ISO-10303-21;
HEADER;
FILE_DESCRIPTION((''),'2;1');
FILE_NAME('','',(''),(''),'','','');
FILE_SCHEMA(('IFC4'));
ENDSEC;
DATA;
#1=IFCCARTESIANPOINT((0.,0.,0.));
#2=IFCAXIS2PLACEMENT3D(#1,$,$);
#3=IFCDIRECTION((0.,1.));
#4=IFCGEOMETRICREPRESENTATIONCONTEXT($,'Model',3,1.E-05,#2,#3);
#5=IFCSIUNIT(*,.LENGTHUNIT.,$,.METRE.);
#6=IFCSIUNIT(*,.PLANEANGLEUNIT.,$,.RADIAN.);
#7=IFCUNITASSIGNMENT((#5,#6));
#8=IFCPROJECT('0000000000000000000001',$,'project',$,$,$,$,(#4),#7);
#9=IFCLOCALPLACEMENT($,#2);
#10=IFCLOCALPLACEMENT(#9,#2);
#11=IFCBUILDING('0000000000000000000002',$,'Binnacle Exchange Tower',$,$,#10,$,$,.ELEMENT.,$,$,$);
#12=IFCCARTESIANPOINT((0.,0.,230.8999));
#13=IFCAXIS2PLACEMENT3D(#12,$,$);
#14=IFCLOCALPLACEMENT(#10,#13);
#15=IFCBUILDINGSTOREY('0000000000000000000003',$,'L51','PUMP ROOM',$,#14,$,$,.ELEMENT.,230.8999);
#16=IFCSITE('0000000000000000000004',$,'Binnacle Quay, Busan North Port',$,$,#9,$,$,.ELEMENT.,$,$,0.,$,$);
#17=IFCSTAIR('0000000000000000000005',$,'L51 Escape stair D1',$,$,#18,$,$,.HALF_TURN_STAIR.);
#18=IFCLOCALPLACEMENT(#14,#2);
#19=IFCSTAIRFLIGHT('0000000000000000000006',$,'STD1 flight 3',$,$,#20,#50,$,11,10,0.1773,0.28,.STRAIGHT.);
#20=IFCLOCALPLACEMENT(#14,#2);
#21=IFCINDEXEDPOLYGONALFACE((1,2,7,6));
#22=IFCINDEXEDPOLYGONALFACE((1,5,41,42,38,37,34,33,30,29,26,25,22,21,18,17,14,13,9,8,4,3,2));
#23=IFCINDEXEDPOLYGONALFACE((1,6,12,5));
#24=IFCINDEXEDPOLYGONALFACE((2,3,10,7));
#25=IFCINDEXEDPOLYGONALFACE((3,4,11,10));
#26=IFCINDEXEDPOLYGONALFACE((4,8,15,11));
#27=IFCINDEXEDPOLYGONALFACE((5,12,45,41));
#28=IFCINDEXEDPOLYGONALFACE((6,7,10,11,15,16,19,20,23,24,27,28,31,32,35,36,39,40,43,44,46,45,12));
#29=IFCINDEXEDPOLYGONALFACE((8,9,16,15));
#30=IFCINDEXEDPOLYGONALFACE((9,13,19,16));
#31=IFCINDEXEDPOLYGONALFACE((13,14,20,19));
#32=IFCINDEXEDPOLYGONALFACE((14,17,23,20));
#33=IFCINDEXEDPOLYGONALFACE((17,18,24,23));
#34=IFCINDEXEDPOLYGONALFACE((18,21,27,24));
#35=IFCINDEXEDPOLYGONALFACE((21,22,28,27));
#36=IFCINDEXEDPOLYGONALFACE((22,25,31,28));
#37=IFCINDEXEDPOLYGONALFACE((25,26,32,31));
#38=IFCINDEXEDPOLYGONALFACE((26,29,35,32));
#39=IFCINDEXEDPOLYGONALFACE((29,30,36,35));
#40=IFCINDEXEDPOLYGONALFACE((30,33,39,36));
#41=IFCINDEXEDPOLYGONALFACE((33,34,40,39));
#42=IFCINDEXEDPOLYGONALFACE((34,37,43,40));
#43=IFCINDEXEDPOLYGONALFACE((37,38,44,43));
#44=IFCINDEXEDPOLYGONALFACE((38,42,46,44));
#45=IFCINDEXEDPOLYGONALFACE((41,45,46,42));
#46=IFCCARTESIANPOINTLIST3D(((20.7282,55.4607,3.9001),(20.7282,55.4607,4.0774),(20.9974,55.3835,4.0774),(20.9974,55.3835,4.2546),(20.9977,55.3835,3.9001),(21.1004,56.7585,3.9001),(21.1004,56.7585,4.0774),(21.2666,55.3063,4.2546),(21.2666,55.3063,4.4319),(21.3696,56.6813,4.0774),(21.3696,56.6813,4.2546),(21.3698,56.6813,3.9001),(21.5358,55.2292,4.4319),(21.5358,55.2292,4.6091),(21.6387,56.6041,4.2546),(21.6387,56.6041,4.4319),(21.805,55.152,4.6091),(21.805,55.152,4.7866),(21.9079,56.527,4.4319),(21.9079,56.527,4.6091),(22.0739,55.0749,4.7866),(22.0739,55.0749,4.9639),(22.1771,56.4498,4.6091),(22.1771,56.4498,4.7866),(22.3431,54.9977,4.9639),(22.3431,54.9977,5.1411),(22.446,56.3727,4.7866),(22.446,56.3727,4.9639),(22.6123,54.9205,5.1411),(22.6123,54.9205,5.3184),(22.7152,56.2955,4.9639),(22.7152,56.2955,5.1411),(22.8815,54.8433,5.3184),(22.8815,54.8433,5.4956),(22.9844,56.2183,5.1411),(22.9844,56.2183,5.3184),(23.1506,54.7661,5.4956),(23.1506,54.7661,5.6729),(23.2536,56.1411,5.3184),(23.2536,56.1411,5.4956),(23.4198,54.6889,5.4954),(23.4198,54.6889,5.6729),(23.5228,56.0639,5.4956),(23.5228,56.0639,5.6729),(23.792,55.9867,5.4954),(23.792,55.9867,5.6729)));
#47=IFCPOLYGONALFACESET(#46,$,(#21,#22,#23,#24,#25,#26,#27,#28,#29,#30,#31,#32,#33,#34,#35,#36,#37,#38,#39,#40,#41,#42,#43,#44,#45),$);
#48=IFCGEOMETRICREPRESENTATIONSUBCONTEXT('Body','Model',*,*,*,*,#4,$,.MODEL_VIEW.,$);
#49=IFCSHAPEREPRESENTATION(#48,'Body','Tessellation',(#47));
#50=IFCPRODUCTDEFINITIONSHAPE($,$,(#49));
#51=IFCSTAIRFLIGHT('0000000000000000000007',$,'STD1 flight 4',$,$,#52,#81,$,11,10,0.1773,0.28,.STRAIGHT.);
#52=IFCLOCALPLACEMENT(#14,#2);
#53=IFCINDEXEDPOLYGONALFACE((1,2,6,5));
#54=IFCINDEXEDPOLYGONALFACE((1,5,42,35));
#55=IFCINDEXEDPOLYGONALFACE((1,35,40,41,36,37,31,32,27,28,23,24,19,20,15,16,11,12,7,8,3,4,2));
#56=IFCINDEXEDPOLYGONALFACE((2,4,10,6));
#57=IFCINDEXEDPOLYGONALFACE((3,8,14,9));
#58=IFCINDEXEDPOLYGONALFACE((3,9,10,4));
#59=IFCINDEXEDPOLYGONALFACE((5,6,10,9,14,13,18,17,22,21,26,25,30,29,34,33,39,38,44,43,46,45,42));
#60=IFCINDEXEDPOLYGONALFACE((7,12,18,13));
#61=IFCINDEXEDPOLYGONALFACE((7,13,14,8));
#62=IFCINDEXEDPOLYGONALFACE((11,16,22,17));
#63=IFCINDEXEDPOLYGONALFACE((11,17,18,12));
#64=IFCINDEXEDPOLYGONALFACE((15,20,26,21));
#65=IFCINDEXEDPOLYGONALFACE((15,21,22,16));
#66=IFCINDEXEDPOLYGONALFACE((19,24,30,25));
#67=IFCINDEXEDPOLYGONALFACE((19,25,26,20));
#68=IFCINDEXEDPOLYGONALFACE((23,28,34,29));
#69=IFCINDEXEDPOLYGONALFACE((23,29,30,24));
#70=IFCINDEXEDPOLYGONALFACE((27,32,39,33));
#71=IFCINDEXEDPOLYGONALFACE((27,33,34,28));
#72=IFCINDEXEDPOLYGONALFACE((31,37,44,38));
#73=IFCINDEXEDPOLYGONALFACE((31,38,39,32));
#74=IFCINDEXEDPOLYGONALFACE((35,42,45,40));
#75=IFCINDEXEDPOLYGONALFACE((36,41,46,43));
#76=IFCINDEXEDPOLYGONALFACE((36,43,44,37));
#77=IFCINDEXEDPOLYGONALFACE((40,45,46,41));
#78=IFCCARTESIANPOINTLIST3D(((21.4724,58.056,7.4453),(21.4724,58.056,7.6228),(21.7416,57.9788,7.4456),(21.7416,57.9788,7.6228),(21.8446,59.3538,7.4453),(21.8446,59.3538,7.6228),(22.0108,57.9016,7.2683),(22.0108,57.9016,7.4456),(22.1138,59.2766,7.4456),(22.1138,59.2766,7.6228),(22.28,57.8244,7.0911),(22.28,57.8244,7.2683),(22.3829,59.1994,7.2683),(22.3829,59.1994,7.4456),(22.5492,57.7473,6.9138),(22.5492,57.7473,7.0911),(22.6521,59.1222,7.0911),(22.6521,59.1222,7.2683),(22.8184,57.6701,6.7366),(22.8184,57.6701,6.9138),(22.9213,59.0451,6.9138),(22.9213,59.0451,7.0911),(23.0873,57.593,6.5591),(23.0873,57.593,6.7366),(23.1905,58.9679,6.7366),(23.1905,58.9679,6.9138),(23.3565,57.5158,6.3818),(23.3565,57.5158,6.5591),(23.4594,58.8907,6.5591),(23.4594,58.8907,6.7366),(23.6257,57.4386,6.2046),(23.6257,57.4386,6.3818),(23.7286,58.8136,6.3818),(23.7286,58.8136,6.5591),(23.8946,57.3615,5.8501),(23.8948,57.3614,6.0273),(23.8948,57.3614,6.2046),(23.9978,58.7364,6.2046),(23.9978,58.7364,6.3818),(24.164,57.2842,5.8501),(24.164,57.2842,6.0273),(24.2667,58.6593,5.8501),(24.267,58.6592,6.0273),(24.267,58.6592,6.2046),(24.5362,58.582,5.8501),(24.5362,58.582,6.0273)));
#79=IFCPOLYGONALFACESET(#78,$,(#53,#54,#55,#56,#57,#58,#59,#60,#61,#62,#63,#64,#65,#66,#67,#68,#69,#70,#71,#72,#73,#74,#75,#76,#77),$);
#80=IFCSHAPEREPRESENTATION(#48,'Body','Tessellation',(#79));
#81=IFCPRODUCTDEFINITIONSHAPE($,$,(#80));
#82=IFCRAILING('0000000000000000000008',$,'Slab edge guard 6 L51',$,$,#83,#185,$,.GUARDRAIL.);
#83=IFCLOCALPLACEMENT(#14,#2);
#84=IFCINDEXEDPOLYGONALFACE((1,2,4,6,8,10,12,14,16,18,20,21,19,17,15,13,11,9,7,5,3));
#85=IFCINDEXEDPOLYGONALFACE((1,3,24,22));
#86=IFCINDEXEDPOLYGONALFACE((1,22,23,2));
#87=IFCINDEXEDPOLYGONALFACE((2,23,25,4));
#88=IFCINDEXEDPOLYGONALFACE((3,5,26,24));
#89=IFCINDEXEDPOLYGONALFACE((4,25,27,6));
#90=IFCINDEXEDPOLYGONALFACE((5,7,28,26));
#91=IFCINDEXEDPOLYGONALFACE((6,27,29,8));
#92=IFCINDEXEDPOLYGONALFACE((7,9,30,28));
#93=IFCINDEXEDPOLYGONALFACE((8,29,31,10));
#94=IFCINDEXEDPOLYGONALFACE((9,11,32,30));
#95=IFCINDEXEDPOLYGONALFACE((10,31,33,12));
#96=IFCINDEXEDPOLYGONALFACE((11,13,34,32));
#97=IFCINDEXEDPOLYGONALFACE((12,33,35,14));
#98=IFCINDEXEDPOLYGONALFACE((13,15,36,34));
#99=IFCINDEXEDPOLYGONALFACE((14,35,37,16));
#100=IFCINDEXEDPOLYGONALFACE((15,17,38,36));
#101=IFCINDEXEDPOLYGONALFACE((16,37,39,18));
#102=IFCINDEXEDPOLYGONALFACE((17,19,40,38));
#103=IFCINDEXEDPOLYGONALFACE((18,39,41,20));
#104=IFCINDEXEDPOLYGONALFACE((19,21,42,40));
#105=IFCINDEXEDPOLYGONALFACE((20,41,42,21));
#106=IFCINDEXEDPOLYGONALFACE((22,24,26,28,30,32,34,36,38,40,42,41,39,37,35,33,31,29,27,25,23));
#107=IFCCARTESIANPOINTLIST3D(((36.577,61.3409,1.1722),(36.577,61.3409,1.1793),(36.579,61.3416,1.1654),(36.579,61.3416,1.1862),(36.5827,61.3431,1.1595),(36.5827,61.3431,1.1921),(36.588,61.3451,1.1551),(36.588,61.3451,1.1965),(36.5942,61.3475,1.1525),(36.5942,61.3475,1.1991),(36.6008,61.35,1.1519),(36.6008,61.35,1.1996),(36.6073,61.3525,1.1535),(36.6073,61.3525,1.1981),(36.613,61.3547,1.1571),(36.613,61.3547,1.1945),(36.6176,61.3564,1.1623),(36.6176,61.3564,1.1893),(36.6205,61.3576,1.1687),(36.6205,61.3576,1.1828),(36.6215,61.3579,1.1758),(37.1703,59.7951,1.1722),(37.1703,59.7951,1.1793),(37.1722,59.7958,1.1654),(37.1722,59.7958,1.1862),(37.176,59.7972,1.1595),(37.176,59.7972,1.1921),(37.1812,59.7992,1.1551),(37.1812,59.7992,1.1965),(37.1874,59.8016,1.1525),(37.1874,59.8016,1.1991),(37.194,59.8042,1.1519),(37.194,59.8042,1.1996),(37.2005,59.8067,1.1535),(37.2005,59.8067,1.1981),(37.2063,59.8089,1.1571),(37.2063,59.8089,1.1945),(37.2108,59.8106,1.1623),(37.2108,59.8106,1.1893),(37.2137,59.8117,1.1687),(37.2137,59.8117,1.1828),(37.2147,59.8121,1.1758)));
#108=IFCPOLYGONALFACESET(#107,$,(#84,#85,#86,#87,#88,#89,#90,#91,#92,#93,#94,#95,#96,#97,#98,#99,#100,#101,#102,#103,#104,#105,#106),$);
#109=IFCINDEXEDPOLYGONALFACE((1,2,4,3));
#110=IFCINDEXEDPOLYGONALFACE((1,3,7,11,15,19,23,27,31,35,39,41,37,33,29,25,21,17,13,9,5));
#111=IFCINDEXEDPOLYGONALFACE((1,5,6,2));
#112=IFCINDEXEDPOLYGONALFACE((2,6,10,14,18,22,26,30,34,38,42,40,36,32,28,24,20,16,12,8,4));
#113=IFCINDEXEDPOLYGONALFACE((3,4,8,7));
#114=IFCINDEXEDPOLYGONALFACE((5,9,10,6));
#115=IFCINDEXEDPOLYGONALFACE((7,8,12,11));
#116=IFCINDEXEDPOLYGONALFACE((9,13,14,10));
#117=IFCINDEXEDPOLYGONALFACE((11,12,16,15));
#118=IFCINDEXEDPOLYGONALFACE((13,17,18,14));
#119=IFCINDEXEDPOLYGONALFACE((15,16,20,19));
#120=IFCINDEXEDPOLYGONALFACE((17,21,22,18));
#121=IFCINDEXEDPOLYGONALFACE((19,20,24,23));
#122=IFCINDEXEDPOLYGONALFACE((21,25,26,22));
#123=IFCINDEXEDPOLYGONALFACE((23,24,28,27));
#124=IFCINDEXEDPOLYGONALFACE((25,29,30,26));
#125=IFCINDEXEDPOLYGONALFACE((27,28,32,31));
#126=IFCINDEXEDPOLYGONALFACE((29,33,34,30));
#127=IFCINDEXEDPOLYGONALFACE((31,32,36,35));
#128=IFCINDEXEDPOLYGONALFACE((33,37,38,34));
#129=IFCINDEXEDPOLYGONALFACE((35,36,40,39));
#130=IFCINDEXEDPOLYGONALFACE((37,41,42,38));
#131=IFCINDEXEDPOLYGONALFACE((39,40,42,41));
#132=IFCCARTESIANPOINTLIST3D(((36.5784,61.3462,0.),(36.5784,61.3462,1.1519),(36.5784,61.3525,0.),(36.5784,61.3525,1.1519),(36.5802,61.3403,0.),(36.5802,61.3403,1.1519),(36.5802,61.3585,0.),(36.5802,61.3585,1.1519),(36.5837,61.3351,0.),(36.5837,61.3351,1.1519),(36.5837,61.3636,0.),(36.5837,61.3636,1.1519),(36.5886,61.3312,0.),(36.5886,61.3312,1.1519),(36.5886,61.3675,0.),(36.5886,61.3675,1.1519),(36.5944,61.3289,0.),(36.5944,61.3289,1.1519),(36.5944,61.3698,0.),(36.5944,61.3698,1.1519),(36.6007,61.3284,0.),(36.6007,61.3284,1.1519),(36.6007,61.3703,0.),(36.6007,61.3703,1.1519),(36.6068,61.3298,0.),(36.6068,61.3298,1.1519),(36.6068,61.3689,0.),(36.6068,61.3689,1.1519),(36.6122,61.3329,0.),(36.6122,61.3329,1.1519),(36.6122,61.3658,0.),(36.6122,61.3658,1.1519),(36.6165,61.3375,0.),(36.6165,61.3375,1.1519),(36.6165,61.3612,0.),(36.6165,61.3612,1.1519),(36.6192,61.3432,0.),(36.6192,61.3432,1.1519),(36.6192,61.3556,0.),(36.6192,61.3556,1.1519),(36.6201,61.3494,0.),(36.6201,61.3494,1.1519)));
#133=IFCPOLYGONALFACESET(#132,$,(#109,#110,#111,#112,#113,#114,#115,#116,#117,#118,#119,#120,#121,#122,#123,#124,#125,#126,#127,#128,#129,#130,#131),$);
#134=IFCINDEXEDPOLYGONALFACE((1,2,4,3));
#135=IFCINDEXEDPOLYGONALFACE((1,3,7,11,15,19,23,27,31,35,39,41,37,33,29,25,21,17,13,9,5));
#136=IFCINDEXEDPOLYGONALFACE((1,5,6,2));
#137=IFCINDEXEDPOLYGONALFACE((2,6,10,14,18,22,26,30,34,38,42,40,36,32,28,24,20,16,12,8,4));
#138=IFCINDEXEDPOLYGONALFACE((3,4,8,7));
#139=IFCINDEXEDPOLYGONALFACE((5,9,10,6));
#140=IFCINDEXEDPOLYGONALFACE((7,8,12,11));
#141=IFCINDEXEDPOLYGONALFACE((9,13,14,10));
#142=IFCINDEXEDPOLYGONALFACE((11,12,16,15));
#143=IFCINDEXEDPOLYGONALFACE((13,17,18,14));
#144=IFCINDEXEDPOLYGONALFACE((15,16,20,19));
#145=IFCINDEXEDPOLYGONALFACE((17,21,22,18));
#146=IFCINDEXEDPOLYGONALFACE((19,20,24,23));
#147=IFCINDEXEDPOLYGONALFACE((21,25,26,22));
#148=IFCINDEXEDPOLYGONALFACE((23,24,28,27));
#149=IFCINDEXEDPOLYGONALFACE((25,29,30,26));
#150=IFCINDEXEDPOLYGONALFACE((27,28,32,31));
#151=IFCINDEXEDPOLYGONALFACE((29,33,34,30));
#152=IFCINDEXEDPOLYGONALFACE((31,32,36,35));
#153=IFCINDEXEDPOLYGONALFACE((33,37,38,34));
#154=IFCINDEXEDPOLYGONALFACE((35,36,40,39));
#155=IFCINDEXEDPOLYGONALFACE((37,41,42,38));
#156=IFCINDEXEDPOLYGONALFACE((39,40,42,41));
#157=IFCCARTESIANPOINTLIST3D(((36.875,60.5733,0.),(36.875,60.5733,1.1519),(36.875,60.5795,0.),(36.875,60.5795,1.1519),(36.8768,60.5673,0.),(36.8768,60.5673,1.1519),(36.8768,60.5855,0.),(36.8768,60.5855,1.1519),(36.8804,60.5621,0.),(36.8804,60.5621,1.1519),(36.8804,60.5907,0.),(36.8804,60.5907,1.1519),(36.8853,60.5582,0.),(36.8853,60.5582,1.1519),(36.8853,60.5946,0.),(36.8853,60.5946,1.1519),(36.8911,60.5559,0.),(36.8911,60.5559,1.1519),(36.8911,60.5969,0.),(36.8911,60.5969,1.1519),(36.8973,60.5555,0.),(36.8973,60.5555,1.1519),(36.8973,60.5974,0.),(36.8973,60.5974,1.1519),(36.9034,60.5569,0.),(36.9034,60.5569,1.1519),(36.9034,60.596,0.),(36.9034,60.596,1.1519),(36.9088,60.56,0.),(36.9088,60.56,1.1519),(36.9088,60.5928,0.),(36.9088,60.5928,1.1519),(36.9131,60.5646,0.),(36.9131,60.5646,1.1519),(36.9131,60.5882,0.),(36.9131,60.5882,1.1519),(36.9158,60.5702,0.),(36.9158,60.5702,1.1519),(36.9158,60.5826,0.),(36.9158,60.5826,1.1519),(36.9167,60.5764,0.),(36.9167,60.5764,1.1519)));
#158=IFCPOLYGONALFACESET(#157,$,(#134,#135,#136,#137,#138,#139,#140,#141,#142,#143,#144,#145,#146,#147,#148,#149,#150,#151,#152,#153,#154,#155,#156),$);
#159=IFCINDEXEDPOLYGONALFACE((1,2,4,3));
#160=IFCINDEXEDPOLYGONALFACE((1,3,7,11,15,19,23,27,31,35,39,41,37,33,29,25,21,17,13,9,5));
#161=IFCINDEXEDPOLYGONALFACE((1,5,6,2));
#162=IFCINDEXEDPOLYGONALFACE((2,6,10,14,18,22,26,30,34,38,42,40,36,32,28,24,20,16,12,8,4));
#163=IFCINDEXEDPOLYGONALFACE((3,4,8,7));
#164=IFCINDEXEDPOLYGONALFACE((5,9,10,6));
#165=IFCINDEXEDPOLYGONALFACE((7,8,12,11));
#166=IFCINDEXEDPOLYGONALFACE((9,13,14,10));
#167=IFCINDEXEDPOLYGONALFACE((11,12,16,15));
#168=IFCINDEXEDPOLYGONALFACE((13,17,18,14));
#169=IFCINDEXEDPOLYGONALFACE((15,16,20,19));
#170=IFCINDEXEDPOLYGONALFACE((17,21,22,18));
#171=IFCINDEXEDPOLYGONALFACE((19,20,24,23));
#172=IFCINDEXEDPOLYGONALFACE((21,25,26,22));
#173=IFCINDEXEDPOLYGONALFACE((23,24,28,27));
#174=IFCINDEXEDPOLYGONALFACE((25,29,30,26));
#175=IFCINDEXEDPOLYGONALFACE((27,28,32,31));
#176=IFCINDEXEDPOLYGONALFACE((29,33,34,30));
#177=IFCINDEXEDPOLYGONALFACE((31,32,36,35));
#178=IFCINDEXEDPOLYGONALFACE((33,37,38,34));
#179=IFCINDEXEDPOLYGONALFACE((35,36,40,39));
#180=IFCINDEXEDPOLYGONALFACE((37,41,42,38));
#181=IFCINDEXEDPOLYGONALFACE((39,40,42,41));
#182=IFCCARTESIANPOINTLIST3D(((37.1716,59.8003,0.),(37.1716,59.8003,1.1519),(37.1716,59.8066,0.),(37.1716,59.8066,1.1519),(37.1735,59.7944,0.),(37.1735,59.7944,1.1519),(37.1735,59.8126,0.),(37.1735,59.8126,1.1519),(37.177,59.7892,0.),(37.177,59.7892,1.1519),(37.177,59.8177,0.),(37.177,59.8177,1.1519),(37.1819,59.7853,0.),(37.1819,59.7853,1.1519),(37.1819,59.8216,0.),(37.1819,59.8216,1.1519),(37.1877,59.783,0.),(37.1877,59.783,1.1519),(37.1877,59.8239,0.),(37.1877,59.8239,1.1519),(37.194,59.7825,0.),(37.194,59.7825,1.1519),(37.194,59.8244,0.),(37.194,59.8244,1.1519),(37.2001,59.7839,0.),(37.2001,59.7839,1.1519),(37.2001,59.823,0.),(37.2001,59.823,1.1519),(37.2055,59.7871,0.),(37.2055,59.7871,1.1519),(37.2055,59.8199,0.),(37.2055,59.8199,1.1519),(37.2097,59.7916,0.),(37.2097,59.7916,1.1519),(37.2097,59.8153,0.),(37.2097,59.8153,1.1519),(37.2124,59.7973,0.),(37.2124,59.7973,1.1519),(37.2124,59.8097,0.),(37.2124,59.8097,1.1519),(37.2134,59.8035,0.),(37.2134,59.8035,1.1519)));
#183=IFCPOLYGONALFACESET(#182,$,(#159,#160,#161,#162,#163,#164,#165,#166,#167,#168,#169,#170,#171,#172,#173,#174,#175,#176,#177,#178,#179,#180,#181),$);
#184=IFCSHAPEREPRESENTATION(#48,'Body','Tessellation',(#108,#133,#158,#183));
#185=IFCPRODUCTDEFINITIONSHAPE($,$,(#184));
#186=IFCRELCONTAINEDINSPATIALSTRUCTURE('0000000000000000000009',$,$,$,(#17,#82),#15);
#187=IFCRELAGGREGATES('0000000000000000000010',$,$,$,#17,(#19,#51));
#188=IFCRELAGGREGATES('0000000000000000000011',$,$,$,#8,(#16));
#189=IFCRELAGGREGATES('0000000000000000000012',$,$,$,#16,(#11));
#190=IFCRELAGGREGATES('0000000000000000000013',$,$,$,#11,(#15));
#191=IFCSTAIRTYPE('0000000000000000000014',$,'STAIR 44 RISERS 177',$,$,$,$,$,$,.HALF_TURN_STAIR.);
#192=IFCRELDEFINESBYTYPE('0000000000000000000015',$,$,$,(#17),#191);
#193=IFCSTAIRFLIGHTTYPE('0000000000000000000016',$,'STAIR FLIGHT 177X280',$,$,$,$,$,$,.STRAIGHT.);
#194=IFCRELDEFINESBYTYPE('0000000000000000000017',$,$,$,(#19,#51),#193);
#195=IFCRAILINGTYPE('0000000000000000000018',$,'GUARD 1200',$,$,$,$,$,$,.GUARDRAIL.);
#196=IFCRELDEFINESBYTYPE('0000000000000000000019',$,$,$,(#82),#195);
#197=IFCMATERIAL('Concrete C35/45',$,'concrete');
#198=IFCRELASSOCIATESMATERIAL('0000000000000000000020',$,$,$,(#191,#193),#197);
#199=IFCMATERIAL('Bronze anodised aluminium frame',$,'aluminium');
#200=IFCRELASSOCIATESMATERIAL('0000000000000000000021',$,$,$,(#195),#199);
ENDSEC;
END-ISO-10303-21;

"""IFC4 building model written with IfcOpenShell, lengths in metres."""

from ifc_helpers import new_model, si_unit, direction, frame, origin, origin_2d, place, context, subcontext, project, spatial, polyline, circle, outline, extrude, material, type_object, element, aggregate, save


model = new_model("IFC4")

# Units and contexts
model_context = context("Model", 3, precision=1e-05, world=origin(), true_north=direction((0.0, 1.0)))
body_context = subcontext(model_context, "Body", "Model", "MODEL_VIEW")
ifc_project = project(units=[si_unit("LENGTHUNIT", "METRE"), si_unit("PLANEANGLEUNIT", "RADIAN")], contexts=[model_context])

# Site, building, storey
site_placement = place(None, origin())
site = spatial("IfcSite", under=ifc_project, at=site_placement, Name="Binnacle Quay, Busan North Port", CompositionType="ELEMENT", RefElevation=0.0)
building_placement = place(site_placement, origin())
building = spatial("IfcBuilding", under=site, at=building_placement, Name="Binnacle Exchange Tower", CompositionType="ELEMENT")
storey_placement = place(building_placement, frame((0.0, 0.0, 230.8999)))
storey = spatial("IfcBuildingStorey", under=building, at=storey_placement, Name="L51", Description="PUMP ROOM", CompositionType="ELEMENT", Elevation=230.8999)

# Stair, stair flights
ifc_material_1 = material(Name="Concrete C35/45", Category="concrete")
stair_type = type_object("IfcStairType", Name="STAIR 44 RISERS 177", PredefinedType="HALF_TURN_STAIR", material=ifc_material_1)
stair_placement = place(storey_placement, origin())
stair = element("IfcStair", 1, at=stair_placement, inside=storey, type_object=stair_type, Name="L51 Escape stair D1", PredefinedType="HALF_TURN_STAIR")
stair_flight_type = type_object("IfcStairFlightType", Name="STAIR FLIGHT 177X280", PredefinedType="STRAIGHT", material=ifc_material_1)
stair_flight_1_placement = place(storey_placement, frame((20.9143, 56.1096, 3.9001), z_axis=(0.0, 0.0, 1.0), x_axis=(0.961262, -0.275637, 0.0)))
stair_flight_1 = element("IfcStairFlight", 2, at=stair_flight_1_placement, type_object=stair_flight_type, Name="STD1 flight 3", NumberOfRisers=11, NumberOfTreads=10, PredefinedType="STRAIGHT", RiserHeight=0.1773, TreadLength=0.28, context=body_context, shape_type="SweptSolid", body=[
    extrude(outline(polyline([(0.0, 0.0), (0.0, 0.1772), (0.28, 0.1772), (0.28, 0.3545), (0.5601, 0.3545), (0.5601, 0.5317), (0.8401, 0.5317), (0.8401, 0.709), (1.1201, 0.709), (1.1201, 0.8865), (1.3999, 0.8865), (1.3999, 1.0637), (1.6799, 1.0637), (1.6799, 1.241), (1.96, 1.241), (1.96, 1.4182), (2.24, 1.4182), (2.24, 1.5955), (2.52, 1.5955), (2.52, 1.7727), (2.8, 1.7727), (2.8, 1.95), (2.8, 1.5952), (0.2803, 0.0), (0.0, 0.0)])), frame((0.0, 0.675, 0.0), z_axis=(0.0, -1.0, 0.0), x_axis=(1.0, 0.0, 0.0)), (0.0, 0.0, 1.0), 1.3501),
])
stair_flight_2_placement = place(storey_placement, frame((24.3501, 57.9331, 5.8501), z_axis=(0.0, 0.0, 1.0), x_axis=(-0.961262, 0.275637, 0.0)))
stair_flight_2 = element("IfcStairFlight", 3, at=stair_flight_2_placement, type_object=stair_flight_type, Name="STD1 flight 4", NumberOfRisers=11, NumberOfTreads=10, PredefinedType="STRAIGHT", RiserHeight=0.1773, TreadLength=0.28, context=body_context, shape_type="SweptSolid", body=[
    extrude(outline(polyline([(0.0, 0.0), (0.0, 0.1772), (0.28, 0.1772), (0.28, 0.3545), (0.5601, 0.3545), (0.5601, 0.5317), (0.8401, 0.5317), (0.8401, 0.709), (1.1201, 0.709), (1.1201, 0.8865), (1.3999, 0.8865), (1.3999, 1.0637), (1.6799, 1.0637), (1.6799, 1.241), (1.96, 1.241), (1.96, 1.4182), (2.24, 1.4182), (2.24, 1.5955), (2.52, 1.5955), (2.52, 1.7727), (2.8, 1.7727), (2.8, 1.95), (2.8, 1.5952), (0.2803, 0.0), (0.0, 0.0)])), frame((0.0, 0.675, 0.0), z_axis=(0.0, -1.0, 0.0), x_axis=(1.0, 0.0, 0.0)), (0.0, 0.0, 1.0), 1.3501),
])
aggregate(stair, [stair_flight_1, stair_flight_2])

# Railing
ifc_material_2 = material(Name="Bronze anodised aluminium frame", Category="aluminium")
railing_type_1 = type_object("IfcRailingType", Name="GUARD 1200", PredefinedType="GUARDRAIL", material=ifc_material_2)
railing_1_placement = place(storey_placement, frame((36.5991, 61.3494, 0.0)))
element("IfcRailing", 4, at=railing_1_placement, inside=storey, type_object=railing_type_1, Name="Slab edge guard 6 L51", PredefinedType="GUARDRAIL", context=body_context, shape_type="SweptSolid", body=[
    extrude(circle(Radius=0.0239, at=origin_2d()), frame((0.0, 0.0, 1.1758), z_axis=(0.358287, -0.933611, 0.0), x_axis=(0.933611, 0.358287, 0.0)), (0.0, 0.0, 1.0), 1.6558),
    extrude(circle(Radius=0.021, at=origin_2d()), origin(), (0.0, 0.0, 1.0), 1.1519),
    extrude(circle(Radius=0.021, at=origin_2d()), frame((0.2966, -0.7729, 0.0)), (0.0, 0.0, 1.0), 1.1519),
    extrude(circle(Radius=0.021, at=origin_2d()), frame((0.5933, -1.5459, 0.0)), (0.0, 0.0, 1.0), 1.1519),
])

save(model, "model.ifc")
